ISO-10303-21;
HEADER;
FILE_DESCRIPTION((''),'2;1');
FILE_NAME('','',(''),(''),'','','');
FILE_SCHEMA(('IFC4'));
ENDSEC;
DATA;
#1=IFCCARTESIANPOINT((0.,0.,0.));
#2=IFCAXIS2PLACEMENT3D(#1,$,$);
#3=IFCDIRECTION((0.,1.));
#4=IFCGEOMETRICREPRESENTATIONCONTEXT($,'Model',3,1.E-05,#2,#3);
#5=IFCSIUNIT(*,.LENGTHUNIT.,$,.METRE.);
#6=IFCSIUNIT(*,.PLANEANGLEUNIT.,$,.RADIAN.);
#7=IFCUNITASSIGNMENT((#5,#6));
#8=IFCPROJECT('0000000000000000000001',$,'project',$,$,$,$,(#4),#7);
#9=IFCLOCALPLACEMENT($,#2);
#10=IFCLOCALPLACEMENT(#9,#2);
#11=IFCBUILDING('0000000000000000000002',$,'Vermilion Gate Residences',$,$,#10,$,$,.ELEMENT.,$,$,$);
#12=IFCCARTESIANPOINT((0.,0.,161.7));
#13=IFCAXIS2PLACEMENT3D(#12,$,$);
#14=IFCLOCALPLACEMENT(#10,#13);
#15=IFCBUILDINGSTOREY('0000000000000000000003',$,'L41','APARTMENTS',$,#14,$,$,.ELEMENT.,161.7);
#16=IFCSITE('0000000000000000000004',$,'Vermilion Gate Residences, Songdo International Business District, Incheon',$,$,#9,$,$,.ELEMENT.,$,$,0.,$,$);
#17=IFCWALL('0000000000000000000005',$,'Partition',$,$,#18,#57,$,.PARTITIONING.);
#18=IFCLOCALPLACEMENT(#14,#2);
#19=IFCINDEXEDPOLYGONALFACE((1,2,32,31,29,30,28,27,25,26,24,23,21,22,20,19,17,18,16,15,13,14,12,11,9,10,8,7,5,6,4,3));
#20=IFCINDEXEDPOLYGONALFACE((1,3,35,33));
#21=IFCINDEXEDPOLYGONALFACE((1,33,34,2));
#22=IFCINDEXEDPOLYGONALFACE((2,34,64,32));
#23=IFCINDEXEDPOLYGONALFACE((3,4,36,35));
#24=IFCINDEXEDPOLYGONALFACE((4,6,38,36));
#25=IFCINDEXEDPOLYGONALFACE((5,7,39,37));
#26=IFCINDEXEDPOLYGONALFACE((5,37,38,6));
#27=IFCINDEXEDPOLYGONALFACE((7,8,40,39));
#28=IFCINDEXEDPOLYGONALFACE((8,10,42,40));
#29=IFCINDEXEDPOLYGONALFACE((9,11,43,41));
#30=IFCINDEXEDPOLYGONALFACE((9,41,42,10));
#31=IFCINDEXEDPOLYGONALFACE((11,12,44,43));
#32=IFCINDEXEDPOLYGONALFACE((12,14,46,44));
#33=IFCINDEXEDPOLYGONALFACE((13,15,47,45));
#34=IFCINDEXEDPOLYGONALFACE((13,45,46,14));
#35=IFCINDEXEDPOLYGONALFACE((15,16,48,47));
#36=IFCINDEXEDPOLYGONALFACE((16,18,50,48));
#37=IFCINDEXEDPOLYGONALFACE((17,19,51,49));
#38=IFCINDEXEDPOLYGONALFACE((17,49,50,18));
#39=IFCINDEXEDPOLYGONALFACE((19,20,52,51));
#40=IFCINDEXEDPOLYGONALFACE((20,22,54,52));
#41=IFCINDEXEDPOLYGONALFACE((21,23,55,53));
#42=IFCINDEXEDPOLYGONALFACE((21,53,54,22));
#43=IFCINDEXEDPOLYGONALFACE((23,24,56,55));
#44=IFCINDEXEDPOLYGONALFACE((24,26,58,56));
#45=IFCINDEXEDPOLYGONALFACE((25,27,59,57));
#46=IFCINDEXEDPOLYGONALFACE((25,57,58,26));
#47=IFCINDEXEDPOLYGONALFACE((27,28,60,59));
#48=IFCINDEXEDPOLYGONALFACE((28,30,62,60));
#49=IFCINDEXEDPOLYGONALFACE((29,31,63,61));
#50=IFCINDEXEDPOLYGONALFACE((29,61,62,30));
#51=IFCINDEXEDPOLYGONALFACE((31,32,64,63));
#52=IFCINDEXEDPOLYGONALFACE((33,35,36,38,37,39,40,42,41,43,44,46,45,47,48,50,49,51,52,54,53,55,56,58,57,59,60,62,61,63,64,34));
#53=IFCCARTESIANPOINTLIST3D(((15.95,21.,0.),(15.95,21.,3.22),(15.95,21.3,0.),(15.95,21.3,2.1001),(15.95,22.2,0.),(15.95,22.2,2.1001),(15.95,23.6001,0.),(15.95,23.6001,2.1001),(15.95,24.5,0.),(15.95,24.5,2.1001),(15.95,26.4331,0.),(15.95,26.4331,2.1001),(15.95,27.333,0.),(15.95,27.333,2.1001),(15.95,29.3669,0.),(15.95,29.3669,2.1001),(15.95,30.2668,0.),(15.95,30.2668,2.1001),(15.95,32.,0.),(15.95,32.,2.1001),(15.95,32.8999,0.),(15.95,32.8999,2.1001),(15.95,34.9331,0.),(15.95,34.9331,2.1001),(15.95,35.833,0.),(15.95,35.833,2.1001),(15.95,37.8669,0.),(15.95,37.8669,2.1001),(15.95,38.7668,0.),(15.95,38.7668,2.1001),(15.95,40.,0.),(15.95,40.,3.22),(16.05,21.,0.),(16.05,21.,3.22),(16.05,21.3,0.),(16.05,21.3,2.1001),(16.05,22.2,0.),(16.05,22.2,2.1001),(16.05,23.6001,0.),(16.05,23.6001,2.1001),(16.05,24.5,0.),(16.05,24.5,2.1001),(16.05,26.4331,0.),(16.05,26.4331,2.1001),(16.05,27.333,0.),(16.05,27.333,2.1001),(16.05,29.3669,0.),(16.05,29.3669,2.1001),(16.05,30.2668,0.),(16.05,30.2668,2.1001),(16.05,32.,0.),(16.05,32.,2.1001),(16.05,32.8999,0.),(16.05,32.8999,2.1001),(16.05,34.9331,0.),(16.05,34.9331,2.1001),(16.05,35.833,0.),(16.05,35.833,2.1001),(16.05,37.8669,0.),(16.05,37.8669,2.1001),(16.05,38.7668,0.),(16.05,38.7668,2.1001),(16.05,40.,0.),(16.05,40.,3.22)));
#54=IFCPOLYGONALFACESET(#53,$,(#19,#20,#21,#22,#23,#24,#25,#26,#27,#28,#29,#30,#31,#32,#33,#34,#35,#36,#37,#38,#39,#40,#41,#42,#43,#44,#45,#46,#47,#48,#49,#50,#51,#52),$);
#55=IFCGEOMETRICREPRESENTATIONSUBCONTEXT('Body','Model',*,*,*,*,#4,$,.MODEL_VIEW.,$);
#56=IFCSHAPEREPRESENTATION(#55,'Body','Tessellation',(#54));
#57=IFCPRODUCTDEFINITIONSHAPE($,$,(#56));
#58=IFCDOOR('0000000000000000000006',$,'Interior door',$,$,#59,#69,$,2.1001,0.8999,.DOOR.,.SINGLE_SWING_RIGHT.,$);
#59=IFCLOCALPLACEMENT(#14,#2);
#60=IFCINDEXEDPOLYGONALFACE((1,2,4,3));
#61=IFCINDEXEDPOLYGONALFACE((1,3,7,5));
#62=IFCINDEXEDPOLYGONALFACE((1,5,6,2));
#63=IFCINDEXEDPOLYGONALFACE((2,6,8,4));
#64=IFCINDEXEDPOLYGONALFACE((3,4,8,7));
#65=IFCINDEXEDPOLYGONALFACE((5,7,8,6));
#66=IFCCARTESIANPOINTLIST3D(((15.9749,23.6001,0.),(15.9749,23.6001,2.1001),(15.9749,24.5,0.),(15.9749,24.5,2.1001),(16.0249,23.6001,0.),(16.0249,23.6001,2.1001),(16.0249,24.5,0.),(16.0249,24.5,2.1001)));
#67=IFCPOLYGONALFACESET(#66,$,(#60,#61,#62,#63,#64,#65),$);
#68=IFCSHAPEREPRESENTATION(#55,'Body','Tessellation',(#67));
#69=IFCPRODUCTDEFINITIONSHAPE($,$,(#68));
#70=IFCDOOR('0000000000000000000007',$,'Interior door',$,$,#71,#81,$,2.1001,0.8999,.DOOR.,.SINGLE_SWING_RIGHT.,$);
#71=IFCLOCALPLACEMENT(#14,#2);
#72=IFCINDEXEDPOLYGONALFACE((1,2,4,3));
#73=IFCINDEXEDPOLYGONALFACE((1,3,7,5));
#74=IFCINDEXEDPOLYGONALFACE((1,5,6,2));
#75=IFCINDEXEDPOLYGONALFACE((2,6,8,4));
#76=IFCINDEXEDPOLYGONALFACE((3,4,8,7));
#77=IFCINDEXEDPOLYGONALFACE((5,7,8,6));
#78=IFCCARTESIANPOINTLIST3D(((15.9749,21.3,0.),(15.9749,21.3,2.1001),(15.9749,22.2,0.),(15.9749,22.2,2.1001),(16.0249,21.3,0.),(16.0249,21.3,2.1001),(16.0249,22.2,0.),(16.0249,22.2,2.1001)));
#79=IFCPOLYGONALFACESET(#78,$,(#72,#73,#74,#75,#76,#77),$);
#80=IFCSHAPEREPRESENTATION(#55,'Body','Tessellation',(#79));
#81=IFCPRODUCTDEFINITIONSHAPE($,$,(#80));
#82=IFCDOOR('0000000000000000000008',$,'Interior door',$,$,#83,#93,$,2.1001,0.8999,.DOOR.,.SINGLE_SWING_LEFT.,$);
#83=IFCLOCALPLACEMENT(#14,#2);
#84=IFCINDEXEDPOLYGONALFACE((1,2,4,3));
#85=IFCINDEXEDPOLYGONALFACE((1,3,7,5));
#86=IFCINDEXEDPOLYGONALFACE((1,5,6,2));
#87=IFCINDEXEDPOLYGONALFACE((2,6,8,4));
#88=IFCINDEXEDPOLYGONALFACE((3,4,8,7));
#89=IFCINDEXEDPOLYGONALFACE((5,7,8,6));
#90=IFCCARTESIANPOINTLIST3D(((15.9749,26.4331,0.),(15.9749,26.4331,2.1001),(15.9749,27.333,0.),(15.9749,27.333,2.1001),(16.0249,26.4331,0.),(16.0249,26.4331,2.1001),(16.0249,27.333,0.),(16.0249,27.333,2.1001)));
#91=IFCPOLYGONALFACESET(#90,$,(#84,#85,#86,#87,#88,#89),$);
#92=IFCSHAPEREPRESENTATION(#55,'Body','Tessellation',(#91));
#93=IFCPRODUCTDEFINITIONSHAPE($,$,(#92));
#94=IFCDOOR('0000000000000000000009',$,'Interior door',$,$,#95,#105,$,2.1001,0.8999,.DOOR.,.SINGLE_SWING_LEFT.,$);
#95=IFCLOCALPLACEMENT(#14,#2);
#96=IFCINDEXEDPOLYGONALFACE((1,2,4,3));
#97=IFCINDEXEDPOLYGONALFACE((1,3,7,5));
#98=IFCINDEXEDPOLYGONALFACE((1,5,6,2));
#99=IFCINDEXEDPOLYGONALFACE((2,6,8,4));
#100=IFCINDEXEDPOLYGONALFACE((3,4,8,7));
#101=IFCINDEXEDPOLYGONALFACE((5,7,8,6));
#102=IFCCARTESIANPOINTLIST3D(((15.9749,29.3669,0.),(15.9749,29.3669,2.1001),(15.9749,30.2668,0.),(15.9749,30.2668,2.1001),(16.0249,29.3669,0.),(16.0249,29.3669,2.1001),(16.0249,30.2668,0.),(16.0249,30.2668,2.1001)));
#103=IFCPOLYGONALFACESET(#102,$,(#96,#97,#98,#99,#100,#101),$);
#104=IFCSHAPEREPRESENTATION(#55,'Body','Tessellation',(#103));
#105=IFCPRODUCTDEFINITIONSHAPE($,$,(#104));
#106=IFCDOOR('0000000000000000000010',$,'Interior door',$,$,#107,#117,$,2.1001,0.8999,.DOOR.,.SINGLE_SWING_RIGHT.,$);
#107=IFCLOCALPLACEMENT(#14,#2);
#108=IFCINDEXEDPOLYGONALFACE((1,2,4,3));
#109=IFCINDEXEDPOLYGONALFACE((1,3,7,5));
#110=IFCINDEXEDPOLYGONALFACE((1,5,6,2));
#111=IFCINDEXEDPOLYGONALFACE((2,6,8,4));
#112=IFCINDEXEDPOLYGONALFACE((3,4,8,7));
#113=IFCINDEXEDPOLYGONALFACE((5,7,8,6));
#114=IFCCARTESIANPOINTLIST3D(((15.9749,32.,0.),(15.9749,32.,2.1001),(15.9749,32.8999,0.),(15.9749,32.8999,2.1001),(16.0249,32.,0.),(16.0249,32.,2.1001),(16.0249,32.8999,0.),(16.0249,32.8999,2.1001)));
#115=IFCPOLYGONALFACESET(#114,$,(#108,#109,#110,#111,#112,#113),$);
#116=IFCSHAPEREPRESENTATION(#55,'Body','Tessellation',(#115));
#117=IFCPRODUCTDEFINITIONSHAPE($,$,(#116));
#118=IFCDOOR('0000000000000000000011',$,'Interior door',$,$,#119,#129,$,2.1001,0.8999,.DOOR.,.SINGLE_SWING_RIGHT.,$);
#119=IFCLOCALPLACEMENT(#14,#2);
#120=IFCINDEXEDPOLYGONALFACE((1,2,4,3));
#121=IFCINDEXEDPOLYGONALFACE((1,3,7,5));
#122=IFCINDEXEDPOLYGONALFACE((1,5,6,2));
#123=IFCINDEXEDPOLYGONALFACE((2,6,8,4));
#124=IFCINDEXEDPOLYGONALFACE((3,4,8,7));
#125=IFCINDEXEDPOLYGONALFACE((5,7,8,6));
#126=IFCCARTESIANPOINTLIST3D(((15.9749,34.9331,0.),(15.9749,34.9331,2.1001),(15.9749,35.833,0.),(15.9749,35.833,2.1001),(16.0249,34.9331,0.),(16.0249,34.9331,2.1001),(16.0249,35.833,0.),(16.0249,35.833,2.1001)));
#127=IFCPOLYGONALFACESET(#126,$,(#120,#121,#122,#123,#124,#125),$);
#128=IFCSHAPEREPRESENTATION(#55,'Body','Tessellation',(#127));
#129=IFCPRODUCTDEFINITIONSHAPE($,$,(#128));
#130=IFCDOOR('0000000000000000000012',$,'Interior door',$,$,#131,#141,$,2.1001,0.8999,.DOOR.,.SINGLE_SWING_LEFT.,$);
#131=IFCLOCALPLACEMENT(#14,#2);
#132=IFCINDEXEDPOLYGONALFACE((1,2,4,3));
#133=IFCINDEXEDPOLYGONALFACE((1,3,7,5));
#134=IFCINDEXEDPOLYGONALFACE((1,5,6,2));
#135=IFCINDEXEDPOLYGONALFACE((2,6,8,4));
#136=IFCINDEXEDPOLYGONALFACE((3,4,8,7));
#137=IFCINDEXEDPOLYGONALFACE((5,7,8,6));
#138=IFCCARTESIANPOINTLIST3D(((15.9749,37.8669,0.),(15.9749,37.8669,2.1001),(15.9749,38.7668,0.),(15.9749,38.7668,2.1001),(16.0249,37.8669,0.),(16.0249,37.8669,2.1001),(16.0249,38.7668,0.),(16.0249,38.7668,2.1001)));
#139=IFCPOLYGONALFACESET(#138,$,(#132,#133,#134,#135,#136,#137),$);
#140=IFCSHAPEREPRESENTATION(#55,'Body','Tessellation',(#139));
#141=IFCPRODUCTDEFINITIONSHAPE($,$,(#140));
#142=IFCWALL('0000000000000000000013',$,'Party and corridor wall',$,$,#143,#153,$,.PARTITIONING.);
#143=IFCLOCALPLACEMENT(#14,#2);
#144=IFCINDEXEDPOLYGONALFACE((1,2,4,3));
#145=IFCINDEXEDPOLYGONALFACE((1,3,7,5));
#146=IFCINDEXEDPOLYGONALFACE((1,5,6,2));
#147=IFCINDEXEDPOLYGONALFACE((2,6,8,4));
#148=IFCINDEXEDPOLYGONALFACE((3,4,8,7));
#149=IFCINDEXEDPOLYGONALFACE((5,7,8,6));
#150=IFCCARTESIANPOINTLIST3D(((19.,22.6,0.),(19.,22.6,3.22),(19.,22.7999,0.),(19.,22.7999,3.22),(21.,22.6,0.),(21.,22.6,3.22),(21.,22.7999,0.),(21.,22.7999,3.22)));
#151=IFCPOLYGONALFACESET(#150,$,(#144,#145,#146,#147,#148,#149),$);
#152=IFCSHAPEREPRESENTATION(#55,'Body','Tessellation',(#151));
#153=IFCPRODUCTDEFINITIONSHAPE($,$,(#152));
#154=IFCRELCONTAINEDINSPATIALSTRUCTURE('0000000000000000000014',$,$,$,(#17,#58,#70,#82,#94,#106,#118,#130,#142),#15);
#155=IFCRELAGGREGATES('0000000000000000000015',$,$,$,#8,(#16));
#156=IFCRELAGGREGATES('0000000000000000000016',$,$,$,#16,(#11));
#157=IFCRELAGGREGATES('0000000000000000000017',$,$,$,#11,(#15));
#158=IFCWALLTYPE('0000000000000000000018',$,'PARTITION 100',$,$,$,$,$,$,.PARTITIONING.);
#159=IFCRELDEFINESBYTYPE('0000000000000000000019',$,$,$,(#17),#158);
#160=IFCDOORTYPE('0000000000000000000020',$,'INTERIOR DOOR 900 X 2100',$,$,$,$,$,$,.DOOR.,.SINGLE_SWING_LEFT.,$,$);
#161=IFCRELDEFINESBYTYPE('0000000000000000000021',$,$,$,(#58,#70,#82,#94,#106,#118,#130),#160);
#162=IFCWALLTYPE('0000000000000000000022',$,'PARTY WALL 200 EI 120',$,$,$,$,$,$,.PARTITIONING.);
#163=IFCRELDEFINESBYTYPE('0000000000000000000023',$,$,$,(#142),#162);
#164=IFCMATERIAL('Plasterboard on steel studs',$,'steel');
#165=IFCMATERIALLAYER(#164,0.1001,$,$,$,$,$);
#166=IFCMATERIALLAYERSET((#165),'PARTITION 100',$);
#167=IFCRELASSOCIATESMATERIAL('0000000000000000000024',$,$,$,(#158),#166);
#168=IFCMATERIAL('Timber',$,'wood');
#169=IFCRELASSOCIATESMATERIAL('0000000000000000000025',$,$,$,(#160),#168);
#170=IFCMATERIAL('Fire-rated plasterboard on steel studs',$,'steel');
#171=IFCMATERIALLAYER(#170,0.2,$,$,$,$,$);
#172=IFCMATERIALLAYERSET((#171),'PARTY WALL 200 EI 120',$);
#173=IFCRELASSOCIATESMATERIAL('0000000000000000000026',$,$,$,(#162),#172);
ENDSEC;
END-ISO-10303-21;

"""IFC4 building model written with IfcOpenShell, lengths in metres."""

from ifc_helpers import new_model, si_unit, direction, frame, frame_2d, origin, place, context, subcontext, project, spatial, rectangle, extrude, material, layer, layer_set, type_object, element, fill, save


model = new_model("IFC4")

# Units and contexts
model_context = context("Model", 3, precision=1e-05, world=origin(), true_north=direction((0.0, 1.0)))
body_context = subcontext(model_context, "Body", "Model", "MODEL_VIEW")
ifc_project = project(units=[si_unit("LENGTHUNIT", "METRE"), si_unit("PLANEANGLEUNIT", "RADIAN")], contexts=[model_context])

# Site, building, storey
site_placement = place(None, origin())
site = spatial("IfcSite", under=ifc_project, at=site_placement, Name="Vermilion Gate Residences, Songdo International Business District, Incheon", CompositionType="ELEMENT", RefElevation=0.0)
building_placement = place(site_placement, origin())
building = spatial("IfcBuilding", under=site, at=building_placement, Name="Vermilion Gate Residences", CompositionType="ELEMENT")
storey_placement = place(building_placement, frame((0.0, 0.0, 161.7)))
storey = spatial("IfcBuildingStorey", under=building, at=storey_placement, Name="L41", Description="APARTMENTS", CompositionType="ELEMENT", Elevation=161.7)

# Shared definitions
ifc_material_1 = material(Name="Plasterboard on steel studs", Category="steel")
ifc_layer_1 = layer(ifc_material_1, 0.1001)
ifc_layer_set_1 = layer_set([ifc_layer_1], Name="PARTITION 100")
wall_type_1 = type_object("IfcWallType", Name="PARTITION 100", PredefinedType="PARTITIONING", material=ifc_layer_set_1)

# Wall, openings, doors
wall_1_placement = place(storey_placement, frame((16.0, 21.0, 0.0), z_axis=(0.0, 0.0, 1.0), x_axis=(0.0, 1.0, 0.0)))
wall_1 = element("IfcWall", 1, at=wall_1_placement, inside=storey, type_object=wall_type_1, Name="Partition", PredefinedType="PARTITIONING", context=body_context, shape_type="SweptSolid", body=[
    extrude(rectangle(XDim=19.0, YDim=0.1001, at=frame_2d((9.5, 0.0))), origin(), (0.0, 0.0, 1.0), 3.22),
])
opening_1_placement = place(wall_1_placement, frame((2.6001, 0.0, 0.0)))
opening_1 = element("IfcOpeningElement", 2, at=opening_1_placement, cuts=wall_1, PredefinedType="OPENING", context=body_context, shape_type="SweptSolid", body=[
    extrude(rectangle(XDim=0.8999, YDim=2.1001, at=frame_2d((0.45, 1.05))), frame((0.0, 0.0601, 0.0), z_axis=(0.0, -1.0, 0.0), x_axis=(1.0, 0.0, 0.0)), (0.0, 0.0, 1.0), 0.1201),
])
opening_2_placement = place(wall_1_placement, frame((0.3, 0.0, 0.0)))
opening_2 = element("IfcOpeningElement", 3, at=opening_2_placement, cuts=wall_1, PredefinedType="OPENING", context=body_context, shape_type="SweptSolid", body=[
    extrude(rectangle(XDim=0.8999, YDim=2.1001, at=frame_2d((0.45, 1.05))), frame((0.0, 0.0601, 0.0), z_axis=(0.0, -1.0, 0.0), x_axis=(1.0, 0.0, 0.0)), (0.0, 0.0, 1.0), 0.1201),
])
opening_3_placement = place(wall_1_placement, frame((5.4331, 0.0, 0.0)))
opening_3 = element("IfcOpeningElement", 4, at=opening_3_placement, cuts=wall_1, PredefinedType="OPENING", context=body_context, shape_type="SweptSolid", body=[
    extrude(rectangle(XDim=0.8999, YDim=2.1001, at=frame_2d((0.45, 1.05))), frame((0.0, 0.0601, 0.0), z_axis=(0.0, -1.0, 0.0), x_axis=(1.0, 0.0, 0.0)), (0.0, 0.0, 1.0), 0.1201),
])
opening_4_placement = place(wall_1_placement, frame((8.3669, 0.0, 0.0)))
opening_4 = element("IfcOpeningElement", 5, at=opening_4_placement, cuts=wall_1, PredefinedType="OPENING", context=body_context, shape_type="SweptSolid", body=[
    extrude(rectangle(XDim=0.8999, YDim=2.1001, at=frame_2d((0.45, 1.05))), frame((0.0, 0.0601, 0.0), z_axis=(0.0, -1.0, 0.0), x_axis=(1.0, 0.0, 0.0)), (0.0, 0.0, 1.0), 0.1201),
])
opening_5_placement = place(wall_1_placement, frame((11.0, 0.0, 0.0)))
opening_5 = element("IfcOpeningElement", 6, at=opening_5_placement, cuts=wall_1, PredefinedType="OPENING", context=body_context, shape_type="SweptSolid", body=[
    extrude(rectangle(XDim=0.8999, YDim=2.1001, at=frame_2d((0.45, 1.05))), frame((0.0, 0.0601, 0.0), z_axis=(0.0, -1.0, 0.0), x_axis=(1.0, 0.0, 0.0)), (0.0, 0.0, 1.0), 0.1201),
])
opening_6_placement = place(wall_1_placement, frame((13.9331, 0.0, 0.0)))
opening_6 = element("IfcOpeningElement", 7, at=opening_6_placement, cuts=wall_1, PredefinedType="OPENING", context=body_context, shape_type="SweptSolid", body=[
    extrude(rectangle(XDim=0.8999, YDim=2.1001, at=frame_2d((0.45, 1.05))), frame((0.0, 0.0601, 0.0), z_axis=(0.0, -1.0, 0.0), x_axis=(1.0, 0.0, 0.0)), (0.0, 0.0, 1.0), 0.1201),
])
opening_7_placement = place(wall_1_placement, frame((16.8669, 0.0, 0.0)))
opening_7 = element("IfcOpeningElement", 8, at=opening_7_placement, cuts=wall_1, PredefinedType="OPENING", context=body_context, shape_type="SweptSolid", body=[
    extrude(rectangle(XDim=0.8999, YDim=2.1001, at=frame_2d((0.45, 1.05))), frame((0.0, 0.0601, 0.0), z_axis=(0.0, -1.0, 0.0), x_axis=(1.0, 0.0, 0.0)), (0.0, 0.0, 1.0), 0.1201),
])
ifc_material_2 = material(Name="Timber", Category="wood")
door_type_1 = type_object("IfcDoorType", Name="INTERIOR DOOR 900 X 2100", OperationType="SINGLE_SWING_LEFT", PredefinedType="DOOR", material=ifc_material_2)
door_1_placement = place(opening_1_placement, frame((0.8999, 0.0, 0.0), z_axis=(0.0, 0.0, 1.0), x_axis=(-1.0, 0.0, 0.0)))
door_1 = element("IfcDoor", 9, at=door_1_placement, inside=storey, type_object=door_type_1, Name="Interior door", OperationType="SINGLE_SWING_RIGHT", OverallHeight=2.1001, OverallWidth=0.8999, PredefinedType="DOOR", context=body_context, shape_type="SweptSolid", body=[
    extrude(rectangle(XDim=0.8999, YDim=2.1001, at=frame_2d((0.45, 1.05))), frame((0.0, 0.0249, 0.0), z_axis=(0.0, -1.0, 0.0), x_axis=(1.0, 0.0, 0.0)), (0.0, 0.0, 1.0), 0.05),
])
fill(opening_1, door_1)
door_2_placement = place(opening_2_placement, frame((0.8999, 0.0, 0.0), z_axis=(0.0, 0.0, 1.0), x_axis=(-1.0, 0.0, 0.0)))
door_2 = element("IfcDoor", 10, at=door_2_placement, inside=storey, type_object=door_type_1, Name="Interior door", OperationType="SINGLE_SWING_RIGHT", OverallHeight=2.1001, OverallWidth=0.8999, PredefinedType="DOOR", context=body_context, shape_type="SweptSolid", body=[
    extrude(rectangle(XDim=0.8999, YDim=2.1001, at=frame_2d((0.45, 1.05))), frame((0.0, 0.0249, 0.0), z_axis=(0.0, -1.0, 0.0), x_axis=(1.0, 0.0, 0.0)), (0.0, 0.0, 1.0), 0.05),
])
fill(opening_2, door_2)
door_3_placement = place(opening_3_placement, frame((0.8999, 0.0, 0.0), z_axis=(0.0, 0.0, 1.0), x_axis=(-1.0, 0.0, 0.0)))
door_3 = element("IfcDoor", 11, at=door_3_placement, inside=storey, type_object=door_type_1, Name="Interior door", OperationType="SINGLE_SWING_LEFT", OverallHeight=2.1001, OverallWidth=0.8999, PredefinedType="DOOR", context=body_context, shape_type="SweptSolid", body=[
    extrude(rectangle(XDim=0.8999, YDim=2.1001, at=frame_2d((0.45, 1.05))), frame((0.0, 0.0249, 0.0), z_axis=(0.0, -1.0, 0.0), x_axis=(1.0, 0.0, 0.0)), (0.0, 0.0, 1.0), 0.05),
])
fill(opening_3, door_3)
door_4_placement = place(opening_4_placement, frame((0.8999, 0.0, 0.0), z_axis=(0.0, 0.0, 1.0), x_axis=(-1.0, 0.0, 0.0)))
door_4 = element("IfcDoor", 12, at=door_4_placement, inside=storey, type_object=door_type_1, Name="Interior door", OperationType="SINGLE_SWING_LEFT", OverallHeight=2.1001, OverallWidth=0.8999, PredefinedType="DOOR", context=body_context, shape_type="SweptSolid", body=[
    extrude(rectangle(XDim=0.8999, YDim=2.1001, at=frame_2d((0.45, 1.05))), frame((0.0, 0.0249, 0.0), z_axis=(0.0, -1.0, 0.0), x_axis=(1.0, 0.0, 0.0)), (0.0, 0.0, 1.0), 0.05),
])
fill(opening_4, door_4)
door_5_placement = place(opening_5_placement, frame((0.8999, 0.0, 0.0), z_axis=(0.0, 0.0, 1.0), x_axis=(-1.0, 0.0, 0.0)))
door_5 = element("IfcDoor", 13, at=door_5_placement, inside=storey, type_object=door_type_1, Name="Interior door", OperationType="SINGLE_SWING_RIGHT", OverallHeight=2.1001, OverallWidth=0.8999, PredefinedType="DOOR", context=body_context, shape_type="SweptSolid", body=[
    extrude(rectangle(XDim=0.8999, YDim=2.1001, at=frame_2d((0.45, 1.05))), frame((0.0, 0.0249, 0.0), z_axis=(0.0, -1.0, 0.0), x_axis=(1.0, 0.0, 0.0)), (0.0, 0.0, 1.0), 0.05),
])
fill(opening_5, door_5)
door_6_placement = place(opening_6_placement, frame((0.8999, 0.0, 0.0), z_axis=(0.0, 0.0, 1.0), x_axis=(-1.0, 0.0, 0.0)))
door_6 = element("IfcDoor", 14, at=door_6_placement, inside=storey, type_object=door_type_1, Name="Interior door", OperationType="SINGLE_SWING_RIGHT", OverallHeight=2.1001, OverallWidth=0.8999, PredefinedType="DOOR", context=body_context, shape_type="SweptSolid", body=[
    extrude(rectangle(XDim=0.8999, YDim=2.1001, at=frame_2d((0.45, 1.05))), frame((0.0, 0.0249, 0.0), z_axis=(0.0, -1.0, 0.0), x_axis=(1.0, 0.0, 0.0)), (0.0, 0.0, 1.0), 0.05),
])
fill(opening_6, door_6)
door_7_placement = place(opening_7_placement, frame((0.8999, 0.0, 0.0), z_axis=(0.0, 0.0, 1.0), x_axis=(-1.0, 0.0, 0.0)))
door_7 = element("IfcDoor", 15, at=door_7_placement, inside=storey, type_object=door_type_1, Name="Interior door", OperationType="SINGLE_SWING_LEFT", OverallHeight=2.1001, OverallWidth=0.8999, PredefinedType="DOOR", context=body_context, shape_type="SweptSolid", body=[
    extrude(rectangle(XDim=0.8999, YDim=2.1001, at=frame_2d((0.45, 1.05))), frame((0.0, 0.0249, 0.0), z_axis=(0.0, -1.0, 0.0), x_axis=(1.0, 0.0, 0.0)), (0.0, 0.0, 1.0), 0.05),
])
fill(opening_7, door_7)

# Wall
ifc_material_3 = material(Name="Fire-rated plasterboard on steel studs", Category="steel")
ifc_layer_2 = layer(ifc_material_3, 0.2)
ifc_layer_set_2 = layer_set([ifc_layer_2], Name="PARTY WALL 200 EI 120")
wall_type_2 = type_object("IfcWallType", Name="PARTY WALL 200 EI 120", PredefinedType="PARTITIONING", material=ifc_layer_set_2)
wall_2_placement = place(storey_placement, frame((19.0, 22.7, 0.0), z_axis=(0.0, 0.0, 1.0), x_axis=(1.0, 0.0, 0.0)))
element("IfcWall", 16, at=wall_2_placement, inside=storey, type_object=wall_type_2, Name="Party and corridor wall", PredefinedType="PARTITIONING", context=body_context, shape_type="SweptSolid", body=[
    extrude(rectangle(XDim=2.0, YDim=0.2, at=frame_2d((1.0, 0.0))), origin(), (0.0, 0.0, 1.0), 3.22),
])

save(model, "model.ifc")
